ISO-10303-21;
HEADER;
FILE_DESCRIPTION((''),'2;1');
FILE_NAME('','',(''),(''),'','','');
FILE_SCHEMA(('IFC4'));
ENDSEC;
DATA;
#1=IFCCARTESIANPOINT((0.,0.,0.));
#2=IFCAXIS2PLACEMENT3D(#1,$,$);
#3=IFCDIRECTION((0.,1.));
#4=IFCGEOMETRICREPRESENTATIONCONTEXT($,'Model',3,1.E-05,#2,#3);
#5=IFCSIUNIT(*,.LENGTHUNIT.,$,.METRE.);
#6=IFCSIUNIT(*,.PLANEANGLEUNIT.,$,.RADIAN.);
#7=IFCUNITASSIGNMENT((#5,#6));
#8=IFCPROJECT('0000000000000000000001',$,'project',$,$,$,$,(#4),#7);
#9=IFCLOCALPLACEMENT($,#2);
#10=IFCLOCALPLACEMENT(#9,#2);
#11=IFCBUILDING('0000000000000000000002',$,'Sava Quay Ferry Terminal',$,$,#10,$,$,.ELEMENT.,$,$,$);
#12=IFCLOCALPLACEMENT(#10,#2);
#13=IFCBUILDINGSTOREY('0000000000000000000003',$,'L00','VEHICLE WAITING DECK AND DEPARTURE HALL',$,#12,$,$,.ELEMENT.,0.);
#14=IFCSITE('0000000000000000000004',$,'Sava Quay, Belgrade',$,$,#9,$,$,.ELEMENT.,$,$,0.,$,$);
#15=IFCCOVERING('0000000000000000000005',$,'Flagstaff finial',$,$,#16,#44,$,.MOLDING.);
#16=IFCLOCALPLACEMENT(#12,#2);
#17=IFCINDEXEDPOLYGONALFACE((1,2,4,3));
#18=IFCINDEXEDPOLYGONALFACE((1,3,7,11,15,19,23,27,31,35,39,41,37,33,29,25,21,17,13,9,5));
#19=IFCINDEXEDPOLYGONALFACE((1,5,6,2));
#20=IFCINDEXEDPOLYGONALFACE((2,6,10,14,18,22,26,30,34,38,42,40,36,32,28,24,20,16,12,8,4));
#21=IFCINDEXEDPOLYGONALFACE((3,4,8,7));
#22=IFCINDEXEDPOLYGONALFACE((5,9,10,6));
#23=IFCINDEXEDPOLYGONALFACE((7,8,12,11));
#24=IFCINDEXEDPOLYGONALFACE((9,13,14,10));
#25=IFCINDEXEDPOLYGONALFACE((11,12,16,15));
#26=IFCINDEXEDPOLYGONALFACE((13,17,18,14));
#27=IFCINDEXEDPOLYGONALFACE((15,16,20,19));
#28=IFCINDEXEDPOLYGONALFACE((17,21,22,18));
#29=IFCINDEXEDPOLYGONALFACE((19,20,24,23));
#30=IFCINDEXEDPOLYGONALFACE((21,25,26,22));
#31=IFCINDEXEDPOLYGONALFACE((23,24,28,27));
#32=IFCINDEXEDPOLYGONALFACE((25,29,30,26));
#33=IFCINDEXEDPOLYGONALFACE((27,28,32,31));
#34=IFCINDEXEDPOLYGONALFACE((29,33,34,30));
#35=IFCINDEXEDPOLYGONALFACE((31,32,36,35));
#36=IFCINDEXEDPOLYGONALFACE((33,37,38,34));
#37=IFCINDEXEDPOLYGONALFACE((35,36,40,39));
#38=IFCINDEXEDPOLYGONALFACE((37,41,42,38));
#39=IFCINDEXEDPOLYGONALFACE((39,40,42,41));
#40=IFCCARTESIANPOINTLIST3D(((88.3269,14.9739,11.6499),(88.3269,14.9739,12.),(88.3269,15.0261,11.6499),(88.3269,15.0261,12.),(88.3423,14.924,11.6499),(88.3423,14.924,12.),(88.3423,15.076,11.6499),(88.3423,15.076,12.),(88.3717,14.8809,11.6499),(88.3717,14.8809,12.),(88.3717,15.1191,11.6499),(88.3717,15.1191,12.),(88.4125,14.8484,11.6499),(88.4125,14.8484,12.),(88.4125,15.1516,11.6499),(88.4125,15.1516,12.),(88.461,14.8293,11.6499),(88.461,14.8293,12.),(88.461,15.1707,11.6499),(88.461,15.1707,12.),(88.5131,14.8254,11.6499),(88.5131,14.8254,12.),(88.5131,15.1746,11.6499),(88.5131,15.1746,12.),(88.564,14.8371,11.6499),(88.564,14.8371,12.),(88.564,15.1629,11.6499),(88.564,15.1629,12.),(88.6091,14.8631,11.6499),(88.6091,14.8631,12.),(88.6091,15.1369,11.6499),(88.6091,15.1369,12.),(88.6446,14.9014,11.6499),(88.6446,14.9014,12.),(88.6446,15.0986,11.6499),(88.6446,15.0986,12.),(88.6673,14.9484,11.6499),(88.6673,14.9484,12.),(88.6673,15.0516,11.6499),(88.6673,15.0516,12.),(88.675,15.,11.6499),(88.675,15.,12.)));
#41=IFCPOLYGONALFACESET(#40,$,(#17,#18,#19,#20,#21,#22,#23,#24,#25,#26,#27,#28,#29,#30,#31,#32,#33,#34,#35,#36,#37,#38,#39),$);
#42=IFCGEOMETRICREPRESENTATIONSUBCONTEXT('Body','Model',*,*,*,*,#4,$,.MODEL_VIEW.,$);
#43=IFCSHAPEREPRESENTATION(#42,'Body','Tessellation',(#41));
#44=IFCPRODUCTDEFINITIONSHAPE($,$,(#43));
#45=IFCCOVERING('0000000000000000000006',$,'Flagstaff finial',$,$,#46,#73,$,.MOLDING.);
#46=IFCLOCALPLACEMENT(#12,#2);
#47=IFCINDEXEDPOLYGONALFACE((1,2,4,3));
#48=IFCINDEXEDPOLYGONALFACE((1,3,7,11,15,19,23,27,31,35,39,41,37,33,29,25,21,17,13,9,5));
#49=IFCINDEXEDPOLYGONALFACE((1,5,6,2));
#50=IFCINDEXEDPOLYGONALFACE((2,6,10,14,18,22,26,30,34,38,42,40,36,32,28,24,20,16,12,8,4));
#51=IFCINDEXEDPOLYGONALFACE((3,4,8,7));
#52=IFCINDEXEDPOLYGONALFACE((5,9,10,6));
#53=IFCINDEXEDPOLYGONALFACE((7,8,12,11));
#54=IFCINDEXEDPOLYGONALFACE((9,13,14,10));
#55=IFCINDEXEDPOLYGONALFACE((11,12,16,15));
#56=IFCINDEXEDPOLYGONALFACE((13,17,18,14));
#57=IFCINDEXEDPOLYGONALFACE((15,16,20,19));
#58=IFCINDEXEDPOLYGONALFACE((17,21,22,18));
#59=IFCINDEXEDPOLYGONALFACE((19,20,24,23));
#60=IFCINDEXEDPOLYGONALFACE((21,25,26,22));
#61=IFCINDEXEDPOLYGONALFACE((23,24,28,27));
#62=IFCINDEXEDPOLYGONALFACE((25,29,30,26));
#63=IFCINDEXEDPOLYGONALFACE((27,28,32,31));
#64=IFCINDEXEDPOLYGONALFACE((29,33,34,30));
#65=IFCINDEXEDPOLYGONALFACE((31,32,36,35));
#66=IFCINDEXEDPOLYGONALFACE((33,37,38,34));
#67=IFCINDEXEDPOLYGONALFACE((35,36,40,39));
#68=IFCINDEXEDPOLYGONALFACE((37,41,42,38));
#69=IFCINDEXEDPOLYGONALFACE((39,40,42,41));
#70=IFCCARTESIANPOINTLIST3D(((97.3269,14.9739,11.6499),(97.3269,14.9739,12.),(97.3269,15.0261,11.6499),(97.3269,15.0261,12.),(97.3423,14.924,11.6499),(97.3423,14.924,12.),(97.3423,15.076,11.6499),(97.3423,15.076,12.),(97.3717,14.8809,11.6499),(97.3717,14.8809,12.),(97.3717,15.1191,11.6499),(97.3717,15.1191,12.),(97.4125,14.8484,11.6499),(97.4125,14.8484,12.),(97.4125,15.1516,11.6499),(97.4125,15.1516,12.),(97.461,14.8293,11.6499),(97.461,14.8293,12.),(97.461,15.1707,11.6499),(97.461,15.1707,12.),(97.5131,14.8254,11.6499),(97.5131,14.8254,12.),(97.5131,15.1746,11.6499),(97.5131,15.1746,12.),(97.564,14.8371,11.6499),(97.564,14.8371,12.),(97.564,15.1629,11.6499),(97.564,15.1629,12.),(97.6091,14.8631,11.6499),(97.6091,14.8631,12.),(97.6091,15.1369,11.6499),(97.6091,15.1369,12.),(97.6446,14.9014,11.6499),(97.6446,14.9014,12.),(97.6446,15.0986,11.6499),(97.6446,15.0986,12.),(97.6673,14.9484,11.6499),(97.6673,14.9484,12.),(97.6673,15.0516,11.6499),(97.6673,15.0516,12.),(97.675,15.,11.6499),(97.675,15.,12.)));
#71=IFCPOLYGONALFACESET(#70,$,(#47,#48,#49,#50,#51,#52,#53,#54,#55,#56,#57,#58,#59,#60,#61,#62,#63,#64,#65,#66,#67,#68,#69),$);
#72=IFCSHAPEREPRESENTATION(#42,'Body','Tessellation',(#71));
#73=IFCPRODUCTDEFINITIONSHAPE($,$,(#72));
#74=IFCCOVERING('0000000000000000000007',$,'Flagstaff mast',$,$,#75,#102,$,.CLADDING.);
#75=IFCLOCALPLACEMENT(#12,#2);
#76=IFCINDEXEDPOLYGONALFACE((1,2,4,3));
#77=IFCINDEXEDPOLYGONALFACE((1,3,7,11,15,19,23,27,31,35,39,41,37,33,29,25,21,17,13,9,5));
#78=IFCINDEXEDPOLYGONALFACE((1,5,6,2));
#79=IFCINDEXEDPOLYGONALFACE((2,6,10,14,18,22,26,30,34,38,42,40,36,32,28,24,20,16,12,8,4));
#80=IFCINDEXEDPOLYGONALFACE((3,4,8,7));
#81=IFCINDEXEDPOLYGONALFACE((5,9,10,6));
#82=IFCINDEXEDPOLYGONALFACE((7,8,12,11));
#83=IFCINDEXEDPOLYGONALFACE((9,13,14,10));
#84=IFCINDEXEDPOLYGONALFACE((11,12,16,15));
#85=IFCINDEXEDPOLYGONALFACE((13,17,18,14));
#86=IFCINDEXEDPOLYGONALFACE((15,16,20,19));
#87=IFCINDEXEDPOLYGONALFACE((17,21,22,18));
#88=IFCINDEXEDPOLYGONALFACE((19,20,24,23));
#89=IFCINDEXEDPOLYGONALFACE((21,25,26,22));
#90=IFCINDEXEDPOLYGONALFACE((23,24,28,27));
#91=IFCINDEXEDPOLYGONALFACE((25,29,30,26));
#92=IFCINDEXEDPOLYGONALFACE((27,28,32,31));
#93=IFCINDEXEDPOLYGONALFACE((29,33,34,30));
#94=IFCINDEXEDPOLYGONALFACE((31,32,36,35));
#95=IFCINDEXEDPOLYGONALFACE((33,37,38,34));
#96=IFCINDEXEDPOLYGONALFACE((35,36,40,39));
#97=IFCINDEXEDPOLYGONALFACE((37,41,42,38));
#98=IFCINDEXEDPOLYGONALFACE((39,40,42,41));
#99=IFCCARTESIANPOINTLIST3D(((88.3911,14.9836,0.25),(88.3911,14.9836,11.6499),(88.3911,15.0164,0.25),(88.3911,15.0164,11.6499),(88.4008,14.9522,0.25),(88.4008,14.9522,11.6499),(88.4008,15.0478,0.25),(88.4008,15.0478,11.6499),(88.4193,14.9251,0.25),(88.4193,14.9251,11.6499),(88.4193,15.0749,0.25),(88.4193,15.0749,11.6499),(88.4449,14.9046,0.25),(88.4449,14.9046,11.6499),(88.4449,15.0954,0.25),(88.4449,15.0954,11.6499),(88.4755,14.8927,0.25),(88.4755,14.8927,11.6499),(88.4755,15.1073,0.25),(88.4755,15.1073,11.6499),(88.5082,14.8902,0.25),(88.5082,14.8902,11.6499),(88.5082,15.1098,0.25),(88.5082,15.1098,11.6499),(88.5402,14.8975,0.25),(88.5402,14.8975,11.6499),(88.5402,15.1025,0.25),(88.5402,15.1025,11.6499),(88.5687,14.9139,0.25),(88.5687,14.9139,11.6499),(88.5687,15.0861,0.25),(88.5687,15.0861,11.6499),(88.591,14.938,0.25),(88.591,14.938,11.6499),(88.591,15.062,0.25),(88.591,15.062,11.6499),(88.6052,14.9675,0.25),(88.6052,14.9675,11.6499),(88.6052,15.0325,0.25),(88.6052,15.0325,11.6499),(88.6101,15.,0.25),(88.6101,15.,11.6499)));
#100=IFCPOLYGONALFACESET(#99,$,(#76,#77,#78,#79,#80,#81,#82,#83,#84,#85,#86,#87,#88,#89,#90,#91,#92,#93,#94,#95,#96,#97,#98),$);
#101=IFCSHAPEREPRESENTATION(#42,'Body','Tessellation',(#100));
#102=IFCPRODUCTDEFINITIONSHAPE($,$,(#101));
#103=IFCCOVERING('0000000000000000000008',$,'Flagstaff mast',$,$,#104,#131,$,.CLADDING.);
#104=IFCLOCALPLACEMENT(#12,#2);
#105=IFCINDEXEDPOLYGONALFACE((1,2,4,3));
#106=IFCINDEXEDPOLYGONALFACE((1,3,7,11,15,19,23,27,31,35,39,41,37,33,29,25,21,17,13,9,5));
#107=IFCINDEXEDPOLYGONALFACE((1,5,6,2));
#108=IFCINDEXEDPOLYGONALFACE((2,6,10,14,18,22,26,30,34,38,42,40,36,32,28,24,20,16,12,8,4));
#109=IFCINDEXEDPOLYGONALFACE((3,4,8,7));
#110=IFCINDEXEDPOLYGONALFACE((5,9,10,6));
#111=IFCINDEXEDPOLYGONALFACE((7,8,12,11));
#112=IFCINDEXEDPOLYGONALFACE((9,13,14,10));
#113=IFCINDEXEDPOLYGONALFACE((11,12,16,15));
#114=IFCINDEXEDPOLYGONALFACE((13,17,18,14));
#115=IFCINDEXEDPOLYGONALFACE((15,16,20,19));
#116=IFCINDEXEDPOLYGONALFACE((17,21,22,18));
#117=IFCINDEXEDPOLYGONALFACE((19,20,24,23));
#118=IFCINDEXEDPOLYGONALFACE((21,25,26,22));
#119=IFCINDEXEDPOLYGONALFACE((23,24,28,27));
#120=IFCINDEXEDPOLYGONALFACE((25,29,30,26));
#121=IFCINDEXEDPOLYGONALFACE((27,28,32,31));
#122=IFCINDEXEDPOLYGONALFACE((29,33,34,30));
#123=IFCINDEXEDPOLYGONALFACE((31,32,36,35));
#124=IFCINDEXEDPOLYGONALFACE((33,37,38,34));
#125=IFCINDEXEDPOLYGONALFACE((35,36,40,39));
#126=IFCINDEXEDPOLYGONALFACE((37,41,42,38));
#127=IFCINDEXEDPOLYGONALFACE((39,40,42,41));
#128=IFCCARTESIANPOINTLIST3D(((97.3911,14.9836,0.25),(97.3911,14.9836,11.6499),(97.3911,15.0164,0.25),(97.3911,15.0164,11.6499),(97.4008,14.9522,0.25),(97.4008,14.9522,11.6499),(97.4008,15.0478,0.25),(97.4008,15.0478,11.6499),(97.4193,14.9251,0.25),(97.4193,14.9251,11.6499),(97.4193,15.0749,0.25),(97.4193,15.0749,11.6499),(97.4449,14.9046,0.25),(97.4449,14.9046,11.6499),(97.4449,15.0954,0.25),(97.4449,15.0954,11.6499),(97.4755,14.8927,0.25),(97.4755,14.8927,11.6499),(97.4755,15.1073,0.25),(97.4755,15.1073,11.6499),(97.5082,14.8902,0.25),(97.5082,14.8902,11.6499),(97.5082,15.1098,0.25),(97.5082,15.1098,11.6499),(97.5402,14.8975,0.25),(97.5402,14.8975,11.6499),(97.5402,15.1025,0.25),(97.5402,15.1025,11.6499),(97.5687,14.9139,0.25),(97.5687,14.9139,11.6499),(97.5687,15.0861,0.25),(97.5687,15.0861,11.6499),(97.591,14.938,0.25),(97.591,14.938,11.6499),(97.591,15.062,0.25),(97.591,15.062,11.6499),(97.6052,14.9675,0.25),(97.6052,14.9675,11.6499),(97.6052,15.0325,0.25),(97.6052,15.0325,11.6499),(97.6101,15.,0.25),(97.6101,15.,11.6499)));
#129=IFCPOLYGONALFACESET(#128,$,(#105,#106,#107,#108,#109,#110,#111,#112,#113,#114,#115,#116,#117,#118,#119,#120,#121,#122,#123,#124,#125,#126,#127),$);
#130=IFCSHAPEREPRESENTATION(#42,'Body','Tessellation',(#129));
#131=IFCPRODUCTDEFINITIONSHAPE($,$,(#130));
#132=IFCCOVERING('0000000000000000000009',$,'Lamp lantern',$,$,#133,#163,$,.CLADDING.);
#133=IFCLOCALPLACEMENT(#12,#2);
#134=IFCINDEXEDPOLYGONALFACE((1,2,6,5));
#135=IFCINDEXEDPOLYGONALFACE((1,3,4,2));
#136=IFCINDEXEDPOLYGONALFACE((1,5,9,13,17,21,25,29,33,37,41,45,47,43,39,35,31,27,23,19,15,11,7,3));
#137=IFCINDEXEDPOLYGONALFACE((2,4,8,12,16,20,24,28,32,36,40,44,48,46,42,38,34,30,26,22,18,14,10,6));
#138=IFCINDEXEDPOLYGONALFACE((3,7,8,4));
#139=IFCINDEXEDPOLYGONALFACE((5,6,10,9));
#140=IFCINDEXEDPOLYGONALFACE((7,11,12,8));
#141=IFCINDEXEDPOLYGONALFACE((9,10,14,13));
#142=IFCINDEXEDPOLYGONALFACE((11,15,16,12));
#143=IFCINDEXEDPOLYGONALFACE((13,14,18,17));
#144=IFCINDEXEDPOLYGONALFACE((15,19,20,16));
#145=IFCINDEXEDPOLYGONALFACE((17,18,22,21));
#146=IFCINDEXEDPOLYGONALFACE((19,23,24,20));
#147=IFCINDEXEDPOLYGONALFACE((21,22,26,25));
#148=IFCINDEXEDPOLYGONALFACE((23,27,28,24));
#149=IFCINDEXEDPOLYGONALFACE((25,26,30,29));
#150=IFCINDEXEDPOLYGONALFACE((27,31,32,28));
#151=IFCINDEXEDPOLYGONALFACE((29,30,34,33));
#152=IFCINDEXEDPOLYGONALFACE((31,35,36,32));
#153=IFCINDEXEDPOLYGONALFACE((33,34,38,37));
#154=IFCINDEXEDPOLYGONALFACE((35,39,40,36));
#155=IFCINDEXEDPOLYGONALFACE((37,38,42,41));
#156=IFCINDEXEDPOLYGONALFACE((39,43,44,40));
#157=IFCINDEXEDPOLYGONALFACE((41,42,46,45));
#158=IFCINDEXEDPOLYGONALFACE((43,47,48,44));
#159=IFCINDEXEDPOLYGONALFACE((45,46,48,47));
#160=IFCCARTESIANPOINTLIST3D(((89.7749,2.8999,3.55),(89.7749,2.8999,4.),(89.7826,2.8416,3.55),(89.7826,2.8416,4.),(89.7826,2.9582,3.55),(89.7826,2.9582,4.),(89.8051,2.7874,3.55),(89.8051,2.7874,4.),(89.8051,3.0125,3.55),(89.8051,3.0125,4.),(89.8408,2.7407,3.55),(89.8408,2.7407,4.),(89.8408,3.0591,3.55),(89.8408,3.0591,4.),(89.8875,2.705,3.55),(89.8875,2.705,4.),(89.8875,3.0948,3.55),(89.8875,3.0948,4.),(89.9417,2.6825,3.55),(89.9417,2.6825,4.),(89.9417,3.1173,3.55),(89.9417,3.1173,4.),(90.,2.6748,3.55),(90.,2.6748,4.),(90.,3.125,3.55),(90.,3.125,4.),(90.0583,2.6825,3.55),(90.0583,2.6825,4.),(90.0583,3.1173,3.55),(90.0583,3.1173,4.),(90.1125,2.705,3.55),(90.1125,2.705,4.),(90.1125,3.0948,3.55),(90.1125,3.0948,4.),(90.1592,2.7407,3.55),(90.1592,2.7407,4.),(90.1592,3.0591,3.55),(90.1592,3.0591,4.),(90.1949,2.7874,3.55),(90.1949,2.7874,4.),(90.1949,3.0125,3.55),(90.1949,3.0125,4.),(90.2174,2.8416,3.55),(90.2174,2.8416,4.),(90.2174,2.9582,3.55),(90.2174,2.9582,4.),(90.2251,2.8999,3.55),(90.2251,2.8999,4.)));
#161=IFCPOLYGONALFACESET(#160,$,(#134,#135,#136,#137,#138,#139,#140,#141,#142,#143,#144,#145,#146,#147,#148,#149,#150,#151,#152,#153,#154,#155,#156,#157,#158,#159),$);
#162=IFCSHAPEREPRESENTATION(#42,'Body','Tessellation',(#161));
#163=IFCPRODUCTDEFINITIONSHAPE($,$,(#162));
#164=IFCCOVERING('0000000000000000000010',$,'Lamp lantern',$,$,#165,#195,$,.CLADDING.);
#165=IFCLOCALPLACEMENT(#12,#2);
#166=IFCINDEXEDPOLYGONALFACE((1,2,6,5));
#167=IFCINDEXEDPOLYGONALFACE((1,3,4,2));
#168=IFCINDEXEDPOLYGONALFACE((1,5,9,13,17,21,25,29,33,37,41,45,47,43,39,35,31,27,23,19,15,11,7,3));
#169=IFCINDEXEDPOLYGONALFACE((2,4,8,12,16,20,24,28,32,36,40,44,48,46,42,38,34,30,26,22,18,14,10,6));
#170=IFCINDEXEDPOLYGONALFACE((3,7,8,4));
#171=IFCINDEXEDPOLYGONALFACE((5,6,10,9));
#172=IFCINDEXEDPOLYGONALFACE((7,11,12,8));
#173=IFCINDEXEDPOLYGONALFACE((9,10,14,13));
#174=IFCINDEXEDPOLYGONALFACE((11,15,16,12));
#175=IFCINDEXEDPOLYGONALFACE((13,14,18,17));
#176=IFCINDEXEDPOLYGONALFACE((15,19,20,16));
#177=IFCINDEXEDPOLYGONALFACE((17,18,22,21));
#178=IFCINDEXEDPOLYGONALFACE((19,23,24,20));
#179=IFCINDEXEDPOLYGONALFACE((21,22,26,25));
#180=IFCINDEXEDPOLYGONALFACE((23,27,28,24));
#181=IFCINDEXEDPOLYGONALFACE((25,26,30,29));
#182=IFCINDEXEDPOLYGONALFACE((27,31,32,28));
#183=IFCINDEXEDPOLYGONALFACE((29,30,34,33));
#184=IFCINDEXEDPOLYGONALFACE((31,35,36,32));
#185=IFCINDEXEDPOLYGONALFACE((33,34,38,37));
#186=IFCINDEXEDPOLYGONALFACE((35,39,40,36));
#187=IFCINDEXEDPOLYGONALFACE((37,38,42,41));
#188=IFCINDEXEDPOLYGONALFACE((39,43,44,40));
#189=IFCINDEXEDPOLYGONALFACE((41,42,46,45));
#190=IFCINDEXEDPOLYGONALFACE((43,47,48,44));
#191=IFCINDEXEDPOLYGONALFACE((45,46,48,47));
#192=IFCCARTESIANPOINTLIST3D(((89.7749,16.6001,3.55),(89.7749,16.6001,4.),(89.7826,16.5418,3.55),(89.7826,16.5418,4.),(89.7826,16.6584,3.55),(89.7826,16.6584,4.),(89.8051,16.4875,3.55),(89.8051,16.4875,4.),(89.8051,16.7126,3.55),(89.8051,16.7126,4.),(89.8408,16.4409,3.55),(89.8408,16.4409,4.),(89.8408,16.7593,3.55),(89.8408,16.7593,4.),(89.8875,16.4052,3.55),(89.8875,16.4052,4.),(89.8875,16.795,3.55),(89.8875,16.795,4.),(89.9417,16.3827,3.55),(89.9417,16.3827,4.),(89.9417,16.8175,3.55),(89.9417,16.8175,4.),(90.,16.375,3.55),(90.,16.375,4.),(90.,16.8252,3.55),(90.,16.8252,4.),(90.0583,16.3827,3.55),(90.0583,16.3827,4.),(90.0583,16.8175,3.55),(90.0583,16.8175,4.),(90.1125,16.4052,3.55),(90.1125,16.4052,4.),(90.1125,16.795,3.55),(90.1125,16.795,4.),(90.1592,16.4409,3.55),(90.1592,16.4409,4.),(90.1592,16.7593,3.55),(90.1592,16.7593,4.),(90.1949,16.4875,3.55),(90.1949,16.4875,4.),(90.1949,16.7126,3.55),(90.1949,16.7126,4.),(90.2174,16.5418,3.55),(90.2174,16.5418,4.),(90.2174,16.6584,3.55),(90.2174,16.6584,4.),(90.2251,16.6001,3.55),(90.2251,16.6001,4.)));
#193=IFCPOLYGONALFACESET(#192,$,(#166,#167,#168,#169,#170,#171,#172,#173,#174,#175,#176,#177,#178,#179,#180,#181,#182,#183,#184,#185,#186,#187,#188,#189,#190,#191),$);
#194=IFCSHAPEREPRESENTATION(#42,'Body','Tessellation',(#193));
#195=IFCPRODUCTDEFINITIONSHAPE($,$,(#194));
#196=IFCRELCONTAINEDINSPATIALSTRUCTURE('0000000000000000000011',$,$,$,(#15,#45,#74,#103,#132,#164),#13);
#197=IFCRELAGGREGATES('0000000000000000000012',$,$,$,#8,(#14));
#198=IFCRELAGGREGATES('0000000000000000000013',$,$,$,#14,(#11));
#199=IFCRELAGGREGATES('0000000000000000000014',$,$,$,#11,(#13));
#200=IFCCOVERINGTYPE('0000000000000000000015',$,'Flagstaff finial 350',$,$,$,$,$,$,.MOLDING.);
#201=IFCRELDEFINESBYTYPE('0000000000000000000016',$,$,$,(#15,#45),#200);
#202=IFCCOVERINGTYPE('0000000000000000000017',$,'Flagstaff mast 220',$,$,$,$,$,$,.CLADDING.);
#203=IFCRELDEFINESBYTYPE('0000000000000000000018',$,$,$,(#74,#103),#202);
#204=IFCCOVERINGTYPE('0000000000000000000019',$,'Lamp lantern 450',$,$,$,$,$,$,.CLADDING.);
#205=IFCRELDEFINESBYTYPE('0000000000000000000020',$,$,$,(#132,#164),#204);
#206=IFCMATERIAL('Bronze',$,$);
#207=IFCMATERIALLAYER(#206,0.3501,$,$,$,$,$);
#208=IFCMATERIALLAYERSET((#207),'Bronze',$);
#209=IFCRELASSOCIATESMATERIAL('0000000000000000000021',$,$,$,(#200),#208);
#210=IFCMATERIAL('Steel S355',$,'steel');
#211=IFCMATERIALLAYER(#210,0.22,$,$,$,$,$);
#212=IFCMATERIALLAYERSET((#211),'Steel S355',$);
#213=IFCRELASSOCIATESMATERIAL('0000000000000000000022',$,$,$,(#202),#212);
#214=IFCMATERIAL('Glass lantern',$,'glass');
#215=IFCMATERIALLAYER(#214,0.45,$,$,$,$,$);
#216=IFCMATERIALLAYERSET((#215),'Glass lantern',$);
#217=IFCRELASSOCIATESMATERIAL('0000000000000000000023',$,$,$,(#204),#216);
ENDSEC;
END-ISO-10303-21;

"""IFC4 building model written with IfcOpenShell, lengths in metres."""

from ifc_helpers import new_model, si_unit, direction, frame, origin, origin_2d, place, context, subcontext, project, spatial, circle, extrude, material, layer, layer_set, type_object, element, save


model = new_model("IFC4")

# Units and contexts
model_context = context("Model", 3, precision=1e-05, world=origin(), true_north=direction((0.0, 1.0)))
body_context = subcontext(model_context, "Body", "Model", "MODEL_VIEW")
ifc_project = project(units=[si_unit("LENGTHUNIT", "METRE"), si_unit("PLANEANGLEUNIT", "RADIAN")], contexts=[model_context])

# Site, building, storey
site_placement = place(None, origin())
site = spatial("IfcSite", under=ifc_project, at=site_placement, Name="Sava Quay, Belgrade", CompositionType="ELEMENT", RefElevation=0.0)
building_placement = place(site_placement, origin())
building = spatial("IfcBuilding", under=site, at=building_placement, Name="Sava Quay Ferry Terminal", CompositionType="ELEMENT")
storey_placement = place(building_placement, origin())
storey = spatial("IfcBuildingStorey", under=building, at=storey_placement, Name="L00", Description="VEHICLE WAITING DECK AND DEPARTURE HALL", CompositionType="ELEMENT", Elevation=0.0)

# Coverings
ifc_material_1 = material(Name="Bronze")
ifc_layer_1 = layer(ifc_material_1, 0.3501)
ifc_layer_set_1 = layer_set([ifc_layer_1], Name="Bronze")
covering_type_1 = type_object("IfcCoveringType", Name="Flagstaff finial 350", PredefinedType="MOLDING", material=ifc_layer_set_1)
for number, where, z_axis, x_axis, name in (
    (1, (88.5, 15.0, 12.0), (0.0, 0.0, -1.0), (1.0, 0.0, 0.0), "Flagstaff finial"),
    (2, (97.5, 15.0, 12.0), (0.0, 0.0, -1.0), (1.0, 0.0, 0.0), "Flagstaff finial"),
):
    element("IfcCovering", number, at=place(storey_placement, frame(where, z_axis=z_axis, x_axis=x_axis)), inside=storey, type_object=covering_type_1, Name=name, PredefinedType="MOLDING", context=body_context, shape_type="SweptSolid", body=[
        extrude(circle(Radius=0.175, at=origin_2d()), origin(), (0.0, 0.0, 1.0), 0.3501),
    ])
ifc_material_2 = material(Name="Steel S355", Category="steel")
ifc_layer_2 = layer(ifc_material_2, 0.22)
ifc_layer_set_2 = layer_set([ifc_layer_2], Name="Steel S355")
covering_type_2 = type_object("IfcCoveringType", Name="Flagstaff mast 220", PredefinedType="CLADDING", material=ifc_layer_set_2)
for number, where, z_axis, x_axis, name in (
    (3, (88.5, 15.0, 11.6499), (0.0, 0.0, -1.0), (1.0, 0.0, 0.0), "Flagstaff mast"),
    (4, (97.5, 15.0, 11.6499), (0.0, 0.0, -1.0), (1.0, 0.0, 0.0), "Flagstaff mast"),
):
    element("IfcCovering", number, at=place(storey_placement, frame(where, z_axis=z_axis, x_axis=x_axis)), inside=storey, type_object=covering_type_2, Name=name, PredefinedType="CLADDING", context=body_context, shape_type="SweptSolid", body=[
        extrude(circle(Radius=0.1101, at=origin_2d()), origin(), (0.0, 0.0, 1.0), 11.3999),
    ])
ifc_material_3 = material(Name="Glass lantern", Category="glass")
ifc_layer_3 = layer(ifc_material_3, 0.45)
ifc_layer_set_3 = layer_set([ifc_layer_3], Name="Glass lantern")
covering_type_3 = type_object("IfcCoveringType", Name="Lamp lantern 450", PredefinedType="CLADDING", material=ifc_layer_set_3)
for number, where, z_axis, x_axis, name in (
    (5, (90.0, 2.8999, 4.0), (0.0, 0.0, -1.0), (1.0, 0.0, 0.0), "Lamp lantern"),
    (6, (90.0, 16.6001, 4.0), (0.0, 0.0, -1.0), (1.0, 0.0, 0.0), "Lamp lantern"),
):
    element("IfcCovering", number, at=place(storey_placement, frame(where, z_axis=z_axis, x_axis=x_axis)), inside=storey, type_object=covering_type_3, Name=name, PredefinedType="CLADDING", context=body_context, shape_type="SweptSolid", body=[
        extrude(circle(Radius=0.2251, at=origin_2d()), origin(), (0.0, 0.0, 1.0), 0.45),
    ])

save(model, "model.ifc")
